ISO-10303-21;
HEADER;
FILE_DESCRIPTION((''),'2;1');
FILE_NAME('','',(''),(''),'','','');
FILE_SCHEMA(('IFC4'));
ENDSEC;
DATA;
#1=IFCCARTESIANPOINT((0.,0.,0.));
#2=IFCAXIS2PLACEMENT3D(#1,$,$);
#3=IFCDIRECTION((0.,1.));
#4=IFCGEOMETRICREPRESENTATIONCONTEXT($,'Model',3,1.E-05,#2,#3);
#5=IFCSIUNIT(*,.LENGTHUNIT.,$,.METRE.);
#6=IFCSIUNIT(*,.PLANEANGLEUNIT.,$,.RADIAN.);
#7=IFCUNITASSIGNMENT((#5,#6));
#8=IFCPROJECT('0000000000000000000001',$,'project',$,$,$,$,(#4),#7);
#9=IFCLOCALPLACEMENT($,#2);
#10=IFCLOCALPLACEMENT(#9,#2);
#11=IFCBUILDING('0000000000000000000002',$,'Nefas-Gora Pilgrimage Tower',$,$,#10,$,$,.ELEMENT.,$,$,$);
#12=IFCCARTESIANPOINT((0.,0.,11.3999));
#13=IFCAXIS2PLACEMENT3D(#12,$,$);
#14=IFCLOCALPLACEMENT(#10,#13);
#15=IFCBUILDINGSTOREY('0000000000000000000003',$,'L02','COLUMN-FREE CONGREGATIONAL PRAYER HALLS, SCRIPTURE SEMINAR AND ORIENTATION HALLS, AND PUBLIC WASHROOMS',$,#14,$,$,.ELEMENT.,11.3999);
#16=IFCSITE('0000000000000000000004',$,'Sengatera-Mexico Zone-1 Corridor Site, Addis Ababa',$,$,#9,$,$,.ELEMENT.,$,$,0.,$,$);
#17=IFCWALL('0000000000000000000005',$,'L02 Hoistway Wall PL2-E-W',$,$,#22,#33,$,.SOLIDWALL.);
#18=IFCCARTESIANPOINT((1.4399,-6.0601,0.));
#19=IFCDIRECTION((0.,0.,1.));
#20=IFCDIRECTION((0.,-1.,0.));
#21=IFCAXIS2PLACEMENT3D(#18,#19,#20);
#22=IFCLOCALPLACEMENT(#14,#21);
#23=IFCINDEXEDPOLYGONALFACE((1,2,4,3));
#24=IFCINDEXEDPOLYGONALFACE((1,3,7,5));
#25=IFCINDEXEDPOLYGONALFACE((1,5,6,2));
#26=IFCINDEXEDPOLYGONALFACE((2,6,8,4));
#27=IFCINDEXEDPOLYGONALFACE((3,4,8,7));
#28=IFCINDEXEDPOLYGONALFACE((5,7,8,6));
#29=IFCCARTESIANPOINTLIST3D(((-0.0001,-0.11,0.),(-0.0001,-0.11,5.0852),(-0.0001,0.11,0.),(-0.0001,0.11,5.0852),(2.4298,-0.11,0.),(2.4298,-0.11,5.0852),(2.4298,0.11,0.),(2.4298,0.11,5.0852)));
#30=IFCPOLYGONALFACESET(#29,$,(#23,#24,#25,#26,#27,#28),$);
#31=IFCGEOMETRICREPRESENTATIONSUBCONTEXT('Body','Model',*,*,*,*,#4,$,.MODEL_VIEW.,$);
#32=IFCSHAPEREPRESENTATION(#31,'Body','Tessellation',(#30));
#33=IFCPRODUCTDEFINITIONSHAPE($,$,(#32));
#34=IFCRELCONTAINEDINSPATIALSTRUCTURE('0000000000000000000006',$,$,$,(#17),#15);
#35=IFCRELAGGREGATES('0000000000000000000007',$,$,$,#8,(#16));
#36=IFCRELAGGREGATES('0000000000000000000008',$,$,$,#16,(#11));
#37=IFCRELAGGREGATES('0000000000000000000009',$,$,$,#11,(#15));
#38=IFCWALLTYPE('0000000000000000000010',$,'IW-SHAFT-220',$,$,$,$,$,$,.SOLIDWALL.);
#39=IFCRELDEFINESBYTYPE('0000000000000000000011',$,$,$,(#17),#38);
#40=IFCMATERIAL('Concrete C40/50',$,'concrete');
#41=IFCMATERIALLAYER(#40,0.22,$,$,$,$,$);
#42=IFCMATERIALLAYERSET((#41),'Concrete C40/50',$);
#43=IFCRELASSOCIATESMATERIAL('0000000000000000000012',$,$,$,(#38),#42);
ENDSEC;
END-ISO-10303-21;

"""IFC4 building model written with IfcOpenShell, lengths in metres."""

from ifc_helpers import new_model, si_unit, direction, frame, frame_2d, origin, place, context, subcontext, project, spatial, rectangle, extrude, source, transform, mapped, material, layer, layer_set, type_object, element, save


model = new_model("IFC4")

# Units and contexts
model_context = context("Model", 3, precision=1e-05, world=origin(), true_north=direction((0.0, 1.0)))
body_context = subcontext(model_context, "Body", "Model", "MODEL_VIEW")
ifc_project = project(units=[si_unit("LENGTHUNIT", "METRE"), si_unit("PLANEANGLEUNIT", "RADIAN")], contexts=[model_context])

# Site, building, storey
site_placement = place(None, origin())
site = spatial("IfcSite", under=ifc_project, at=site_placement, Name="Sengatera-Mexico Zone-1 Corridor Site, Addis Ababa", CompositionType="ELEMENT", RefElevation=0.0)
building_placement = place(site_placement, origin())
building = spatial("IfcBuilding", under=site, at=building_placement, Name="Nefas-Gora Pilgrimage Tower", CompositionType="ELEMENT")
storey_placement = place(building_placement, frame((0.0, 0.0, 11.3999)))
storey = spatial("IfcBuildingStorey", under=building, at=storey_placement, Name="L02", Description="COLUMN-FREE CONGREGATIONAL PRAYER HALLS, SCRIPTURE SEMINAR AND ORIENTATION HALLS, AND PUBLIC WASHROOMS", CompositionType="ELEMENT", Elevation=11.3999)

# Shared definitions
ifc_material_1 = material(Name="Concrete C40/50", Category="concrete")
ifc_layer_1 = layer(ifc_material_1, 0.22)
ifc_layer_set_1 = layer_set([ifc_layer_1], Name="Concrete C40/50")
wall_type_1 = type_object("IfcWallType", Name="IW-SHAFT-220", PredefinedType="SOLIDWALL", material=ifc_layer_set_1)

# Wall
shared_shape_1 = source(origin(), body_context, "Body", "SweptSolid", [
    extrude(rectangle(XDim=2.4299, YDim=0.22, at=frame_2d((1.2148, 0.0))), origin(), (0.0, 0.0, 1.0), 5.0852),
])
for number, where, z_axis, x_axis, name in (
    (1, (1.4399, -6.0601, 0.0), (0.0, 0.0, 1.0), (0.0, -1.0, 0.0), "L02 Hoistway Wall PL2-E-W"),
):
    element("IfcWall", number, at=place(storey_placement, frame(where, z_axis=z_axis, x_axis=x_axis)), inside=storey, type_object=wall_type_1, Name=name, PredefinedType="SOLIDWALL", context=body_context, shape_type="MappedRepresentation", body=[
        mapped(shared_shape_1, transform((0.0, 0.0, 0.0), x_axis=(1.0, 0.0, 0.0), y_axis=(0.0, 1.0, 0.0), z_axis=(0.0, 0.0, 1.0), scale=1.0)),
    ])

save(model, "model.ifc")
